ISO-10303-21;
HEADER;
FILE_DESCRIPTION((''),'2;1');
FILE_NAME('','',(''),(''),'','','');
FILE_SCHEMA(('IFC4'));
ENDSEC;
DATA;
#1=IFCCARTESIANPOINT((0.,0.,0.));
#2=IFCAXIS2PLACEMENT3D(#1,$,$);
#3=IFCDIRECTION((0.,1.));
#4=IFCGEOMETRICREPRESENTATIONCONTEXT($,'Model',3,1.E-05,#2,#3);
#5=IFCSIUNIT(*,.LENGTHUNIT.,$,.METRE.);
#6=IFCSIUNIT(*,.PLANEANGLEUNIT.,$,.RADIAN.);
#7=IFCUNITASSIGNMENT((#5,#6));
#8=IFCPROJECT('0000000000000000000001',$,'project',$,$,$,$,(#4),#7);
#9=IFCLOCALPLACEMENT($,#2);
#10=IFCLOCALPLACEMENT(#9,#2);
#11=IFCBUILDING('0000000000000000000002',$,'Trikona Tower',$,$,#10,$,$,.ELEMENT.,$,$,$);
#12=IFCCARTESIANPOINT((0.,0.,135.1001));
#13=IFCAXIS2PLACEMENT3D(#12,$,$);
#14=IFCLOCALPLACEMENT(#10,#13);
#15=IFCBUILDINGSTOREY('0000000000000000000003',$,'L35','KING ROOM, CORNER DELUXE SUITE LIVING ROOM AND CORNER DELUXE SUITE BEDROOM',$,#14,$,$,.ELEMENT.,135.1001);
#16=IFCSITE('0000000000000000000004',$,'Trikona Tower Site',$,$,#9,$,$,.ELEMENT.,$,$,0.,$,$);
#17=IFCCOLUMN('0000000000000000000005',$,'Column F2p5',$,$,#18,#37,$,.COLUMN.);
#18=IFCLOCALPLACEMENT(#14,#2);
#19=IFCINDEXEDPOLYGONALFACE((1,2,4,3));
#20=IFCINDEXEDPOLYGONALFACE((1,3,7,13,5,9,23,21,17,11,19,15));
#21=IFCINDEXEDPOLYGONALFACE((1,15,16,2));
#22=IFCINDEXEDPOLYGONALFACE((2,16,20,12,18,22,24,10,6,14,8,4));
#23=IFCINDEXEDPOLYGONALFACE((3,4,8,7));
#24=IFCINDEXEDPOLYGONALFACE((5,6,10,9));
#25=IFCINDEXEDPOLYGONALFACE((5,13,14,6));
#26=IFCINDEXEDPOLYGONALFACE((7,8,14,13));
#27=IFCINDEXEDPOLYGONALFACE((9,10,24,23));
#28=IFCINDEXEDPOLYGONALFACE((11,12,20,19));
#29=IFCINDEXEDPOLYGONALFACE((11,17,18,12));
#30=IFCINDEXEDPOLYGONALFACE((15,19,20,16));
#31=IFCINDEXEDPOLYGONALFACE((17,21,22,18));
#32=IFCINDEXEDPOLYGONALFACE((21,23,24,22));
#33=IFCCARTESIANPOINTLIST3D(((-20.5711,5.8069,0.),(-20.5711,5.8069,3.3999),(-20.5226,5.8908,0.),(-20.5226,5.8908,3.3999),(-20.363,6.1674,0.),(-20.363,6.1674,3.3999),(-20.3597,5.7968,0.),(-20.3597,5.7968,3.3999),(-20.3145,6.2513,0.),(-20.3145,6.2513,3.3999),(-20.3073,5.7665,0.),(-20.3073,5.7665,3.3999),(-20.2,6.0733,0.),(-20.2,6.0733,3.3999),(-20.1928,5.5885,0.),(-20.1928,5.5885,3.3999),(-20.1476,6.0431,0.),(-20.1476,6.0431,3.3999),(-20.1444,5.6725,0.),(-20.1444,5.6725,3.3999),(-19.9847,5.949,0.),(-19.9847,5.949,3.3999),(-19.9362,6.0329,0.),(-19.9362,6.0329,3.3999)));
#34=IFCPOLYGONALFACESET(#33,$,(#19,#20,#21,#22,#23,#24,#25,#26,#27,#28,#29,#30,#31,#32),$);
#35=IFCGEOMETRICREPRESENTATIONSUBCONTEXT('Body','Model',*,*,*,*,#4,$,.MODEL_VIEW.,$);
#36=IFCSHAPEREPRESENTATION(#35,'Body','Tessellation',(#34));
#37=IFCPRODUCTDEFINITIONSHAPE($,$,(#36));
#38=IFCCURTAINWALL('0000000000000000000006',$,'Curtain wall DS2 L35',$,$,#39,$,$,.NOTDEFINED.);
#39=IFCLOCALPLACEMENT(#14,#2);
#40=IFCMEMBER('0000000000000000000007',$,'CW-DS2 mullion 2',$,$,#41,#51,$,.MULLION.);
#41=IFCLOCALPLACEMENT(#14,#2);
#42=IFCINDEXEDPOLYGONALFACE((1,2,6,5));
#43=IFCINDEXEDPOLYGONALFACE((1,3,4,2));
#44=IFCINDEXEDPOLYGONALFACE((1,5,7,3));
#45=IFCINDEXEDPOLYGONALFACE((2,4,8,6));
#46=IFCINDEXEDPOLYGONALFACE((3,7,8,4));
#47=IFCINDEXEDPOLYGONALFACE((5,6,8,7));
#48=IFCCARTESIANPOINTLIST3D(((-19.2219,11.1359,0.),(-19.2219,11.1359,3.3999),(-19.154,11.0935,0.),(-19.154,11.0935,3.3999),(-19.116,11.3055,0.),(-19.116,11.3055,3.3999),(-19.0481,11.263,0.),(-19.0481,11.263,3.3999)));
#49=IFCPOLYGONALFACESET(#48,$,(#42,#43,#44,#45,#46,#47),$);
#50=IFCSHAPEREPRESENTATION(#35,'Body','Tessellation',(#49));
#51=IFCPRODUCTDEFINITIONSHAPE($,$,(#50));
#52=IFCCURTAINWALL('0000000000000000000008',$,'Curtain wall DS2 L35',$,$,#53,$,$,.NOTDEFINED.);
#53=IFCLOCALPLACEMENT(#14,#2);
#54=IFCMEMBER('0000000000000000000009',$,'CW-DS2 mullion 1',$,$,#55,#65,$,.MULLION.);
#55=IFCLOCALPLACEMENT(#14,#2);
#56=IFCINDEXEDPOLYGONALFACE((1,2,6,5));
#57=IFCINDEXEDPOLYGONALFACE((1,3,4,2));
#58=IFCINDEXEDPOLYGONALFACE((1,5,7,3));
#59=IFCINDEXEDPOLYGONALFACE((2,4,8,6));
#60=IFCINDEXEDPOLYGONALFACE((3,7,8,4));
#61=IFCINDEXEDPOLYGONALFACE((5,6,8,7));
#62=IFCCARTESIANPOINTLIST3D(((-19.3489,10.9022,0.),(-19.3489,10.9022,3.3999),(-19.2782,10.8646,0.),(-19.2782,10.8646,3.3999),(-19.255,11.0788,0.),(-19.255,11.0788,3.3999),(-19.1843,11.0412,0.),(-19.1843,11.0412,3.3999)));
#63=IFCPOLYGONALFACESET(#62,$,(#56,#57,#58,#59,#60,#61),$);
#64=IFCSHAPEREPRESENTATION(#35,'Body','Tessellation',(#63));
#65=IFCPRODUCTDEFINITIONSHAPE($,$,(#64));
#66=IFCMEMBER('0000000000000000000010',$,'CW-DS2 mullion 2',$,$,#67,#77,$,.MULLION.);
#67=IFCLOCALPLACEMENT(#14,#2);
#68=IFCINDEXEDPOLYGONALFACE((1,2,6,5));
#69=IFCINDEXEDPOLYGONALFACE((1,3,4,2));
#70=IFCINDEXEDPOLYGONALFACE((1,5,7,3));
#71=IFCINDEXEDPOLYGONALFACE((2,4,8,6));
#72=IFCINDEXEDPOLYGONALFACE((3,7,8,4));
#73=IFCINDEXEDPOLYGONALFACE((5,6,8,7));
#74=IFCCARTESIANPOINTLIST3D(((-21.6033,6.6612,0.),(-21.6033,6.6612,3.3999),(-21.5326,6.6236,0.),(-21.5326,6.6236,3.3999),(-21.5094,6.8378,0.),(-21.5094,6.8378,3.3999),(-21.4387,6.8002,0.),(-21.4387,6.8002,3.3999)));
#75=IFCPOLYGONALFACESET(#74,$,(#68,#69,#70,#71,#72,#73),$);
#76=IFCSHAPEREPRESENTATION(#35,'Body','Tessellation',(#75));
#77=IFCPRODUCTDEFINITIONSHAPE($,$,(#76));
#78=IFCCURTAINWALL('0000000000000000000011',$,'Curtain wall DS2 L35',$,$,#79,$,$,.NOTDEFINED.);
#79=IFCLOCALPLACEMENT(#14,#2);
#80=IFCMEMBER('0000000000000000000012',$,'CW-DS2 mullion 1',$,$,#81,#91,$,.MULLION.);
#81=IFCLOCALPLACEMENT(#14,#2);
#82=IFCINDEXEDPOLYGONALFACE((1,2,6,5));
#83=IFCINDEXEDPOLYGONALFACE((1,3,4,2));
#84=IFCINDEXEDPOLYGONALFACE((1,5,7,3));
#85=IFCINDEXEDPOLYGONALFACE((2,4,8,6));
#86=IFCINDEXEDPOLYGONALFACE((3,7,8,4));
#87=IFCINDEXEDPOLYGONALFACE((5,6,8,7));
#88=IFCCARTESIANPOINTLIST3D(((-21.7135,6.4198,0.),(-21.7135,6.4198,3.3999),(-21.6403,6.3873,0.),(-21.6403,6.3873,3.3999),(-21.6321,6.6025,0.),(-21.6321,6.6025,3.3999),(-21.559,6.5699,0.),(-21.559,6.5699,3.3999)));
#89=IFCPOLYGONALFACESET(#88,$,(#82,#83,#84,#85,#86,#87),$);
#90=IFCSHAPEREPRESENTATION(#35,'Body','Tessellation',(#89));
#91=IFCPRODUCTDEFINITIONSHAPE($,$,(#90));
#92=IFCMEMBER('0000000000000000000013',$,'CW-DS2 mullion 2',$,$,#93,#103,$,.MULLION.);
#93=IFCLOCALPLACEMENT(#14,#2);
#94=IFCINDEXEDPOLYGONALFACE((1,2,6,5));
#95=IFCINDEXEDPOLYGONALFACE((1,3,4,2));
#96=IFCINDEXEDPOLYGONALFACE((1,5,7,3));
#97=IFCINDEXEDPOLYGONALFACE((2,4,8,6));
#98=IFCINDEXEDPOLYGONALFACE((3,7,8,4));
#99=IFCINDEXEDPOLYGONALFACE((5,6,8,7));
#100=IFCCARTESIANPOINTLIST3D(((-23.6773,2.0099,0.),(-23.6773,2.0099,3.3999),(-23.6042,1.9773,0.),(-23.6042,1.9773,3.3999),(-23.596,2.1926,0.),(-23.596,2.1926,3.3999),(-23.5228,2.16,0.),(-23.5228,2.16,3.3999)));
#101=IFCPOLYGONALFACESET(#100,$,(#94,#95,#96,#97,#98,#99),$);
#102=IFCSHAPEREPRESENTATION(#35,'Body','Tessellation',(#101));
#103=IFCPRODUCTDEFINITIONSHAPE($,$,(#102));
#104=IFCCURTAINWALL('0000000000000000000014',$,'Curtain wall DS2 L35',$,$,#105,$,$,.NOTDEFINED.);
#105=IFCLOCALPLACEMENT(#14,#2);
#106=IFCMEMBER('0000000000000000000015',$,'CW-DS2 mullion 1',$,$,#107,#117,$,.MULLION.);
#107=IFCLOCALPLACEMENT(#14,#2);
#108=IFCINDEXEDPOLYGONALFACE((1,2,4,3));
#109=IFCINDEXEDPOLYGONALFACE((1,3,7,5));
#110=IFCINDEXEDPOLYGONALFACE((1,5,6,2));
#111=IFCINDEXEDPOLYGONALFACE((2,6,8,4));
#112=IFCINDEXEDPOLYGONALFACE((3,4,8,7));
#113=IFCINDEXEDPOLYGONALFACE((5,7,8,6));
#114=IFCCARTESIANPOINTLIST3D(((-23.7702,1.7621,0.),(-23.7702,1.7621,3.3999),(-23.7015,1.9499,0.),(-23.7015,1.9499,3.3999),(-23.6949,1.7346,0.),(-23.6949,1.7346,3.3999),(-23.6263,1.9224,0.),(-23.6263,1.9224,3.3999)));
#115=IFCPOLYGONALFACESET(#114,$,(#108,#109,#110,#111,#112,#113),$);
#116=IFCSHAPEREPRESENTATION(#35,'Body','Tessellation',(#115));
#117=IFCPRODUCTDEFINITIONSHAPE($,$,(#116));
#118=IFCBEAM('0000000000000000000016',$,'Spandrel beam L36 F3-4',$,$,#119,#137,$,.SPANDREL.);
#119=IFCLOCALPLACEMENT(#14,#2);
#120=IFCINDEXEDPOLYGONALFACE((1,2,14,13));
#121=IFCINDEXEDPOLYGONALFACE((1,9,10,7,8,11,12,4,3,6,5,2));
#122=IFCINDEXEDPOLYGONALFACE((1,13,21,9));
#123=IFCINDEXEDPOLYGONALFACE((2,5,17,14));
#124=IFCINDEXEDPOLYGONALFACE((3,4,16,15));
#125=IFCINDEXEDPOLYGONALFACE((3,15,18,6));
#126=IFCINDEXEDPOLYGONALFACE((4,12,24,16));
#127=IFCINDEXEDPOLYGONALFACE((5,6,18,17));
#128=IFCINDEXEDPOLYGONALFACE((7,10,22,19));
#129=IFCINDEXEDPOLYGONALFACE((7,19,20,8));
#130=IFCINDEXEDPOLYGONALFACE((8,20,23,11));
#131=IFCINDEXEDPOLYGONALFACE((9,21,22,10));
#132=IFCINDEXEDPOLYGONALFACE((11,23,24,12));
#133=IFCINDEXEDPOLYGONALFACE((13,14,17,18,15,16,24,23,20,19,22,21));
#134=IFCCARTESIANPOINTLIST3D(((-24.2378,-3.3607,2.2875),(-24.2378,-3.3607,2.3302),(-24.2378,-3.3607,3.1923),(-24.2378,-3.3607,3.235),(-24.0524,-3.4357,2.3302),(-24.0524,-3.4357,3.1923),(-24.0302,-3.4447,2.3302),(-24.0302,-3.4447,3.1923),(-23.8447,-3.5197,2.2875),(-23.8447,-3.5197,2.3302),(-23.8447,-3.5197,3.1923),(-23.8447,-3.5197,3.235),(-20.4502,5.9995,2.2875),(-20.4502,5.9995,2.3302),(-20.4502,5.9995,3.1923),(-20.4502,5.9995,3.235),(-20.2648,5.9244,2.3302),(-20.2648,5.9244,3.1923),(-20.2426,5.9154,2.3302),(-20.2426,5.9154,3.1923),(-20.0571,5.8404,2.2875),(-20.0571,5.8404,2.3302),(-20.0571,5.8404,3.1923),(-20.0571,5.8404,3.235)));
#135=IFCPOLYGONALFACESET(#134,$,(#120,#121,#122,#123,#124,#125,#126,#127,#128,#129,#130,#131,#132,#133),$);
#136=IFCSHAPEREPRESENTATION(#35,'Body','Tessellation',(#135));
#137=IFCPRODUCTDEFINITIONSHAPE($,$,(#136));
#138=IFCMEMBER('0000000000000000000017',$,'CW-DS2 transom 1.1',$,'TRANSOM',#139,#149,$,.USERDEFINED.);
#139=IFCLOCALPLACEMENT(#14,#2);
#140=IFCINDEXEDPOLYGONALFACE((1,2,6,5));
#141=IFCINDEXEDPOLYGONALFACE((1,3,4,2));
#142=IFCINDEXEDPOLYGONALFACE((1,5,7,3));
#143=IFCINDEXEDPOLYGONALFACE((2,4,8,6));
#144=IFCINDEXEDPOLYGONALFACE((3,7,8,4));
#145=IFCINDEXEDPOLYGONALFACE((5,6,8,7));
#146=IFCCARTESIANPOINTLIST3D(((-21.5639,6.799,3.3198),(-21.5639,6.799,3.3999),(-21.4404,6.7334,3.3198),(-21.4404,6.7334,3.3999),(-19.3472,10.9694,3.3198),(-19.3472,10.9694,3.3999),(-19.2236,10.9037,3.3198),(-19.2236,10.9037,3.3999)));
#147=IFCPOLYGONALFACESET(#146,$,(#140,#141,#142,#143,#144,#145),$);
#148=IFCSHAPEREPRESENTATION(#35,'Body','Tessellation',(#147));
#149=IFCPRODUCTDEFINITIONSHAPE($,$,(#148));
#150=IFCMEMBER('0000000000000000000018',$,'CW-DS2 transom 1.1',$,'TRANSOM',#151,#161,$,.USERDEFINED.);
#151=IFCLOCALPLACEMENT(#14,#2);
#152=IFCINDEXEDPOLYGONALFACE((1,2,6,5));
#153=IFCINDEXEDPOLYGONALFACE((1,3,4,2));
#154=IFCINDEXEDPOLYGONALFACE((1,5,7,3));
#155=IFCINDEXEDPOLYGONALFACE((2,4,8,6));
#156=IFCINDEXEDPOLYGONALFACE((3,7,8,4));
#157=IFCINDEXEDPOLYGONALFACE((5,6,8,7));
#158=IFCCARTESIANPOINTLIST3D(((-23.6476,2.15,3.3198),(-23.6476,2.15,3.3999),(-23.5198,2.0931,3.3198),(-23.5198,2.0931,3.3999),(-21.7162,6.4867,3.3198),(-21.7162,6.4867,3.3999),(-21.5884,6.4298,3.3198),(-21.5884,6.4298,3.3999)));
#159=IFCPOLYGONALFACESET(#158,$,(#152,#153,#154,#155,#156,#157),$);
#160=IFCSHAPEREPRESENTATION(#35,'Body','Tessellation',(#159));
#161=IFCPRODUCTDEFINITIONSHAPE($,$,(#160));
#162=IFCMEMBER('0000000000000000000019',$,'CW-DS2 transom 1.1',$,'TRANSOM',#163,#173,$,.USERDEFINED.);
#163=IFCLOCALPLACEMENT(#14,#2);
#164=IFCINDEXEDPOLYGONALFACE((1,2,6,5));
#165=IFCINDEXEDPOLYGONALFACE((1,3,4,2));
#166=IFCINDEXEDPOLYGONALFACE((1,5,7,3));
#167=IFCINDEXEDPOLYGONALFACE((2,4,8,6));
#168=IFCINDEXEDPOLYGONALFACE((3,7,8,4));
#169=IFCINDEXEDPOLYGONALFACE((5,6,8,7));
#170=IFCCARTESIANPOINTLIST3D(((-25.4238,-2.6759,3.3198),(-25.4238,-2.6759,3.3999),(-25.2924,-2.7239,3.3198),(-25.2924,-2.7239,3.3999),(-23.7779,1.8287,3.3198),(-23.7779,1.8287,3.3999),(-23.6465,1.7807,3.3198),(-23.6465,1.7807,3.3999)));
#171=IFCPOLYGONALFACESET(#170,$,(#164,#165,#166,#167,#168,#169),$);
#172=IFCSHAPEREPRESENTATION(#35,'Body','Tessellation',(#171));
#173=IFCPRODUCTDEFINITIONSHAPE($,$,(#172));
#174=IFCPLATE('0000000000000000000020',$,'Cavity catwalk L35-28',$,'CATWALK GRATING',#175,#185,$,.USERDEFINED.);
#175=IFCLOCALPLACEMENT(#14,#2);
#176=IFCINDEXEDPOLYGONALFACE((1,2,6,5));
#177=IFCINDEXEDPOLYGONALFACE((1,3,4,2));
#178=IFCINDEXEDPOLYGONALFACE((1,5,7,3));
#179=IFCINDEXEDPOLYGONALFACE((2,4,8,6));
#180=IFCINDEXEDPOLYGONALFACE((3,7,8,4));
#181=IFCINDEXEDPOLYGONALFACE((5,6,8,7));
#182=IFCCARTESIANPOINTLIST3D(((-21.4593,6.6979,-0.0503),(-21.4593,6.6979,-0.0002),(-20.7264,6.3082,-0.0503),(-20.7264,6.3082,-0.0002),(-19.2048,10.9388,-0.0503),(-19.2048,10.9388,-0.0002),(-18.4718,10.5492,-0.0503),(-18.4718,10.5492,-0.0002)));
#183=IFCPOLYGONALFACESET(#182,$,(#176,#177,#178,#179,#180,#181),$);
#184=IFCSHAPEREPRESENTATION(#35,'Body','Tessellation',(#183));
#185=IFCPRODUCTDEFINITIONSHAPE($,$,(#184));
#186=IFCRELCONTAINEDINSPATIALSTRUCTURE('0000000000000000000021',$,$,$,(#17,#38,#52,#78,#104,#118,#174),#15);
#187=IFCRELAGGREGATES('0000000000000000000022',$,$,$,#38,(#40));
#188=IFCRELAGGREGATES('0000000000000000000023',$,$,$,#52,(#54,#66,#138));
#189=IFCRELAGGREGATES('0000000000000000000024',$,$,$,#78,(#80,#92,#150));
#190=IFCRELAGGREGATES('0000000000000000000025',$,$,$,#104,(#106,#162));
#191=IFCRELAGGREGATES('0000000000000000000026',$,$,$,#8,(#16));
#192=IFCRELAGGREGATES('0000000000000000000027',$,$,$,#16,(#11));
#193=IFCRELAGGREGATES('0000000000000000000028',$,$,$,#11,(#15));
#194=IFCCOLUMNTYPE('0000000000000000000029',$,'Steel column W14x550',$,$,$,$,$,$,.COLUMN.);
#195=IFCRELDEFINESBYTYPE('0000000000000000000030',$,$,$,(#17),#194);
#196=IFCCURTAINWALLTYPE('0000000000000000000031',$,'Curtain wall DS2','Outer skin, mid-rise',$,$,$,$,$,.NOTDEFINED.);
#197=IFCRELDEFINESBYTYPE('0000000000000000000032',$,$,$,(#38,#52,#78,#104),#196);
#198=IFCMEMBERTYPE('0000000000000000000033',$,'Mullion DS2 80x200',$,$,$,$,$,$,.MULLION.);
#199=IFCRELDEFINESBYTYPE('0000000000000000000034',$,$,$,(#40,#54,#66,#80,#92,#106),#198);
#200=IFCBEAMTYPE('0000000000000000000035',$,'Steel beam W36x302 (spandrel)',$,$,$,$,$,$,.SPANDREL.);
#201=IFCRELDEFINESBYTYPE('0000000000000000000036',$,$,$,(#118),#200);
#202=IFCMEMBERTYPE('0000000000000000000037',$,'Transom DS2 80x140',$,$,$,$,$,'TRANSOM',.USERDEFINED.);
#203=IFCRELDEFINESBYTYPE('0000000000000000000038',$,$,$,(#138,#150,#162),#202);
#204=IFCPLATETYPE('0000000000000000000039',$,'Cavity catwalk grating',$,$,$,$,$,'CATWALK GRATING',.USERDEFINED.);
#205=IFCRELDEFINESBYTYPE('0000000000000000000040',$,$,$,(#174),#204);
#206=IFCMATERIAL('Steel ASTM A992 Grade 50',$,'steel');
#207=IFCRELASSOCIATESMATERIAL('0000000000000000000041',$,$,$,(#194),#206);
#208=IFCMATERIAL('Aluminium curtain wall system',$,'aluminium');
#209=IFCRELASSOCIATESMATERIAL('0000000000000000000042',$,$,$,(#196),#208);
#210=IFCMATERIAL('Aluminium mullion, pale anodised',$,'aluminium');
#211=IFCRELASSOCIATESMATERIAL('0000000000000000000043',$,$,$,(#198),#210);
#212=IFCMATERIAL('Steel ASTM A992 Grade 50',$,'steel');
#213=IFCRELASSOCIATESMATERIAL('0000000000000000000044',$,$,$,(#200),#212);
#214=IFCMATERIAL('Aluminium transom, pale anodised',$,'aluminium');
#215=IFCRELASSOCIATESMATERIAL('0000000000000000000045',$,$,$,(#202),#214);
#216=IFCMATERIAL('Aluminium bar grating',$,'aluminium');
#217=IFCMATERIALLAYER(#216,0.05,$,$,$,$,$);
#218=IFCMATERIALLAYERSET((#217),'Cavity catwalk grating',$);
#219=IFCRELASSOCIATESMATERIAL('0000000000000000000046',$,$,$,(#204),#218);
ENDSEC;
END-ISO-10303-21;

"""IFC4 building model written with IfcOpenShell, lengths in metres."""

from ifc_helpers import new_model, si_unit, direction, frame, origin, origin_2d, place, context, subcontext, project, spatial, rectangle, i_section, extrude, material, layer, layer_set, material_profile, profile_set, type_object, element, aggregate, save


model = new_model("IFC4")

# Units and contexts
model_context = context("Model", 3, precision=1e-05, world=origin(), true_north=direction((0.0, 1.0)))
body_context = subcontext(model_context, "Body", "Model", "MODEL_VIEW")
ifc_project = project(units=[si_unit("LENGTHUNIT", "METRE"), si_unit("PLANEANGLEUNIT", "RADIAN")], contexts=[model_context])

# Site, building, storey
site_placement = place(None, origin())
site = spatial("IfcSite", under=ifc_project, at=site_placement, Name="Trikona Tower Site", CompositionType="ELEMENT", RefElevation=0.0)
building_placement = place(site_placement, origin())
building = spatial("IfcBuilding", under=site, at=building_placement, Name="Trikona Tower", CompositionType="ELEMENT")
storey_placement = place(building_placement, frame((0.0, 0.0, 135.1001)))
storey = spatial("IfcBuildingStorey", under=building, at=storey_placement, Name="L35", Description="KING ROOM, CORNER DELUXE SUITE LIVING ROOM AND CORNER DELUXE SUITE BEDROOM", CompositionType="ELEMENT", Elevation=135.1001)

# Column
ifc_material_1 = material(Name="Steel ASTM A992 Grade 50", Category="steel")
ifc_material_profile_1 = material_profile(ifc_material_1, i_section(OverallWidth=0.4368, OverallDepth=0.5132, WebThickness=0.0605, FlangeThickness=0.0969, at=origin_2d()), Name="W14X550")
ifc_profile_set_1 = profile_set([ifc_material_profile_1], Name="Steel ASTM A992 Grade 50")
column_type = type_object("IfcColumnType", Name="Steel column W14x550", PredefinedType="COLUMN", material=ifc_profile_set_1)
column_placement = place(storey_placement, frame((-20.2537, 5.9199, 0.0), z_axis=(0.0, 0.0, 1.0), x_axis=(-0.866025, 0.5, 0.0)))
element("IfcColumn", 1, at=column_placement, inside=storey, type_object=column_type, Name="Column F2p5", PredefinedType="COLUMN", context=body_context, shape_type="SweptSolid", body=[
    extrude(i_section(OverallWidth=0.4368, OverallDepth=0.5132, WebThickness=0.0605, FlangeThickness=0.0969, at=origin_2d()), origin(), (0.0, 0.0, 1.0), 3.3999),
])

# Curtain wall, member
ifc_material_2 = material(Name="Aluminium curtain wall system", Category="aluminium")
curtain_wall_type = type_object("IfcCurtainWallType", Name="Curtain wall DS2", Description="Outer skin, mid-rise", PredefinedType="NOTDEFINED", material=ifc_material_2)
curtain_wall_1_placement = place(storey_placement, origin())
curtain_wall_1 = element("IfcCurtainWall", 2, at=curtain_wall_1_placement, inside=storey, type_object=curtain_wall_type, Name="Curtain wall DS2 L35", PredefinedType="NOTDEFINED")
ifc_material_3 = material(Name="Aluminium mullion, pale anodised", Category="aluminium")
ifc_material_profile_2 = material_profile(ifc_material_3, rectangle(XDim=0.0801, YDim=0.2, at=origin_2d()), Name="MUL-DS2")
ifc_profile_set_2 = profile_set([ifc_material_profile_2], Name="Aluminium mullion, pale anodised")
member_type_1 = type_object("IfcMemberType", Name="Mullion DS2 80x200", PredefinedType="MULLION", material=ifc_profile_set_2)
member_1_placement = place(storey_placement, frame((-19.135, 11.1995, 0.0), z_axis=(0.0, 0.0, 1.0), x_axis=(0.847998, -0.529999, 0.0)))
member_1 = element("IfcMember", 3, at=member_1_placement, type_object=member_type_1, Name="CW-DS2 mullion 2", PredefinedType="MULLION", context=body_context, shape_type="SweptSolid", body=[
    extrude(rectangle(XDim=0.0801, YDim=0.2, at=origin_2d()), origin(), (0.0, 0.0, 1.0), 3.3999),
])
aggregate(curtain_wall_1, [member_1])

# Curtain walls, members
curtain_wall_2_placement = place(storey_placement, origin())
curtain_wall_2 = element("IfcCurtainWall", 4, at=curtain_wall_2_placement, inside=storey, type_object=curtain_wall_type, Name="Curtain wall DS2 L35", PredefinedType="NOTDEFINED")
member_2_placement = place(storey_placement, frame((-19.2666, 10.9717, 0.0), z_axis=(0.0, 0.0, 1.0), x_axis=(0.882996, -0.46938, 0.0)))
member_2 = element("IfcMember", 5, at=member_2_placement, type_object=member_type_1, Name="CW-DS2 mullion 1", PredefinedType="MULLION", context=body_context, shape_type="SweptSolid", body=[
    extrude(rectangle(XDim=0.0801, YDim=0.2, at=origin_2d()), origin(), (0.0, 0.0, 1.0), 3.3999),
])
member_3_placement = place(storey_placement, frame((-21.521, 6.7307, 0.0), z_axis=(0.0, 0.0, 1.0), x_axis=(0.882996, -0.46938, 0.0)))
member_3 = element("IfcMember", 6, at=member_3_placement, type_object=member_type_1, Name="CW-DS2 mullion 2", PredefinedType="MULLION", context=body_context, shape_type="SweptSolid", body=[
    extrude(rectangle(XDim=0.0801, YDim=0.2, at=origin_2d()), origin(), (0.0, 0.0, 1.0), 3.3999),
])
curtain_wall_3_placement = place(storey_placement, origin())
curtain_wall_3 = element("IfcCurtainWall", 7, at=curtain_wall_3_placement, inside=storey, type_object=curtain_wall_type, Name="Curtain wall DS2 L35", PredefinedType="NOTDEFINED")
member_4_placement = place(storey_placement, frame((-21.6362, 6.4949, 0.0), z_axis=(0.0, 0.0, 1.0), x_axis=(0.913501, -0.406836, 0.0)))
member_4 = element("IfcMember", 8, at=member_4_placement, type_object=member_type_1, Name="CW-DS2 mullion 1", PredefinedType="MULLION", context=body_context, shape_type="SweptSolid", body=[
    extrude(rectangle(XDim=0.0801, YDim=0.2, at=origin_2d()), origin(), (0.0, 0.0, 1.0), 3.3999),
])
member_5_placement = place(storey_placement, frame((-23.6001, 2.085, 0.0), z_axis=(0.0, 0.0, 1.0), x_axis=(0.913501, -0.406836, 0.0)))
member_5 = element("IfcMember", 9, at=member_5_placement, type_object=member_type_1, Name="CW-DS2 mullion 2", PredefinedType="MULLION", context=body_context, shape_type="SweptSolid", body=[
    extrude(rectangle(XDim=0.0801, YDim=0.2, at=origin_2d()), origin(), (0.0, 0.0, 1.0), 3.3999),
])

# Curtain wall, member
curtain_wall_4_placement = place(storey_placement, origin())
curtain_wall_4 = element("IfcCurtainWall", 10, at=curtain_wall_4_placement, inside=storey, type_object=curtain_wall_type, Name="Curtain wall DS2 L35", PredefinedType="NOTDEFINED")
member_6_placement = place(storey_placement, frame((-23.6982, 1.8423, 0.0), z_axis=(0.0, 0.0, 1.0), x_axis=(0.939254, -0.343223, 0.0)))
member_6 = element("IfcMember", 11, at=member_6_placement, type_object=member_type_1, Name="CW-DS2 mullion 1", PredefinedType="MULLION", context=body_context, shape_type="SweptSolid", body=[
    extrude(rectangle(XDim=0.0801, YDim=0.2, at=origin_2d()), origin(), (0.0, 0.0, 1.0), 3.3999),
])

# Beam
ifc_material_4 = material(Name="Steel ASTM A992 Grade 50", Category="steel")
ifc_material_profile_3 = material_profile(ifc_material_4, i_section(OverallWidth=0.4241, OverallDepth=0.9475, WebThickness=0.0239, FlangeThickness=0.0427, at=origin_2d()), Name="W36X302")
ifc_profile_set_3 = profile_set([ifc_material_profile_3], Name="Steel ASTM A992 Grade 50")
beam_type = type_object("IfcBeamType", Name="Steel beam W36x302 (spandrel)", PredefinedType="SPANDREL", material=ifc_profile_set_3)
beam_placement = place(storey_placement, frame((-20.2537, 5.9199, 2.7612), z_axis=(-0.375106, -0.926982, 0.0), x_axis=(0.926982, -0.375106, 0.0)))
element("IfcBeam", 12, at=beam_placement, inside=storey, type_object=beam_type, Name="Spandrel beam L36 F3-4", PredefinedType="SPANDREL", context=body_context, shape_type="SweptSolid", body=[
    extrude(i_section(OverallWidth=0.4241, OverallDepth=0.9475, WebThickness=0.0239, FlangeThickness=0.0427, at=origin_2d()), origin(), (0.0, 0.0, 1.0), 10.0974),
])

# Members
ifc_material_5 = material(Name="Aluminium transom, pale anodised", Category="aluminium")
ifc_material_profile_4 = material_profile(ifc_material_5, rectangle(XDim=0.1399, YDim=0.0801, at=origin_2d()), Name="TRN-DS2")
ifc_profile_set_4 = profile_set([ifc_material_profile_4], Name="Aluminium transom, pale anodised")
member_type_2 = type_object("IfcMemberType", Name="Transom DS2 80x140", ElementType="TRANSOM", PredefinedType="USERDEFINED", material=ifc_profile_set_4)
member_7_placement = place(storey_placement, frame((-19.2854, 10.9365, 3.3599), z_axis=(-0.469364, -0.883005, 0.0), x_axis=(0.883005, -0.469364, 0.0)))
member_7 = element("IfcMember", 13, at=member_7_placement, type_object=member_type_2, Name="CW-DS2 transom 1.1", ObjectType="TRANSOM", PredefinedType="USERDEFINED", context=body_context, shape_type="SweptSolid", body=[
    extrude(rectangle(XDim=0.1399, YDim=0.0801, at=origin_2d()), origin(), (0.0, 0.0, 1.0), 4.7229),
])
member_8_placement = place(storey_placement, frame((-21.6523, 6.4583, 3.3599), z_axis=(-0.40684, -0.9135, 0.0), x_axis=(0.9135, -0.40684, 0.0)))
member_8 = element("IfcMember", 14, at=member_8_placement, type_object=member_type_2, Name="CW-DS2 transom 1.1", ObjectType="TRANSOM", PredefinedType="USERDEFINED", context=body_context, shape_type="SweptSolid", body=[
    extrude(rectangle(XDim=0.1399, YDim=0.0801, at=origin_2d()), origin(), (0.0, 0.0, 1.0), 4.7473),
])
member_9_placement = place(storey_placement, frame((-23.7122, 1.8047, 3.3599), z_axis=(-0.343206, -0.93926, 0.0), x_axis=(0.93926, -0.343206, 0.0)))
member_9 = element("IfcMember", 15, at=member_9_placement, type_object=member_type_2, Name="CW-DS2 transom 1.1", ObjectType="TRANSOM", PredefinedType="USERDEFINED", context=body_context, shape_type="SweptSolid", body=[
    extrude(rectangle(XDim=0.1399, YDim=0.0801, at=origin_2d()), origin(), (0.0, 0.0, 1.0), 4.7959),
])

# Plate
ifc_material_6 = material(Name="Aluminium bar grating", Category="aluminium")
ifc_layer_1 = layer(ifc_material_6, 0.05)
ifc_layer_set_1 = layer_set([ifc_layer_1], Name="Cavity catwalk grating")
plate_type_1 = type_object("IfcPlateType", Name="Cavity catwalk grating", ElementType="CATWALK GRATING", PredefinedType="USERDEFINED", material=ifc_layer_set_1)
plate_1_placement = place(storey_placement, frame((-19.9656, 8.6235, -0.0503), z_axis=(0.0, 0.0, 1.0), x_axis=(-0.469398, -0.882987, 0.0)))
element("IfcPlate", 16, at=plate_1_placement, inside=storey, type_object=plate_type_1, Name="Cavity catwalk L35-28", ObjectType="CATWALK GRATING", PredefinedType="USERDEFINED", context=body_context, shape_type="SweptSolid", body=[
    extrude(rectangle(XDim=4.803, YDim=0.8301, at=origin_2d()), origin(), (0.0, 0.0, 1.0), 0.05),
])

aggregate(curtain_wall_2, [member_2, member_3, member_7])
aggregate(curtain_wall_3, [member_4, member_5, member_8])
aggregate(curtain_wall_4, [member_6, member_9])

save(model, "model.ifc")
